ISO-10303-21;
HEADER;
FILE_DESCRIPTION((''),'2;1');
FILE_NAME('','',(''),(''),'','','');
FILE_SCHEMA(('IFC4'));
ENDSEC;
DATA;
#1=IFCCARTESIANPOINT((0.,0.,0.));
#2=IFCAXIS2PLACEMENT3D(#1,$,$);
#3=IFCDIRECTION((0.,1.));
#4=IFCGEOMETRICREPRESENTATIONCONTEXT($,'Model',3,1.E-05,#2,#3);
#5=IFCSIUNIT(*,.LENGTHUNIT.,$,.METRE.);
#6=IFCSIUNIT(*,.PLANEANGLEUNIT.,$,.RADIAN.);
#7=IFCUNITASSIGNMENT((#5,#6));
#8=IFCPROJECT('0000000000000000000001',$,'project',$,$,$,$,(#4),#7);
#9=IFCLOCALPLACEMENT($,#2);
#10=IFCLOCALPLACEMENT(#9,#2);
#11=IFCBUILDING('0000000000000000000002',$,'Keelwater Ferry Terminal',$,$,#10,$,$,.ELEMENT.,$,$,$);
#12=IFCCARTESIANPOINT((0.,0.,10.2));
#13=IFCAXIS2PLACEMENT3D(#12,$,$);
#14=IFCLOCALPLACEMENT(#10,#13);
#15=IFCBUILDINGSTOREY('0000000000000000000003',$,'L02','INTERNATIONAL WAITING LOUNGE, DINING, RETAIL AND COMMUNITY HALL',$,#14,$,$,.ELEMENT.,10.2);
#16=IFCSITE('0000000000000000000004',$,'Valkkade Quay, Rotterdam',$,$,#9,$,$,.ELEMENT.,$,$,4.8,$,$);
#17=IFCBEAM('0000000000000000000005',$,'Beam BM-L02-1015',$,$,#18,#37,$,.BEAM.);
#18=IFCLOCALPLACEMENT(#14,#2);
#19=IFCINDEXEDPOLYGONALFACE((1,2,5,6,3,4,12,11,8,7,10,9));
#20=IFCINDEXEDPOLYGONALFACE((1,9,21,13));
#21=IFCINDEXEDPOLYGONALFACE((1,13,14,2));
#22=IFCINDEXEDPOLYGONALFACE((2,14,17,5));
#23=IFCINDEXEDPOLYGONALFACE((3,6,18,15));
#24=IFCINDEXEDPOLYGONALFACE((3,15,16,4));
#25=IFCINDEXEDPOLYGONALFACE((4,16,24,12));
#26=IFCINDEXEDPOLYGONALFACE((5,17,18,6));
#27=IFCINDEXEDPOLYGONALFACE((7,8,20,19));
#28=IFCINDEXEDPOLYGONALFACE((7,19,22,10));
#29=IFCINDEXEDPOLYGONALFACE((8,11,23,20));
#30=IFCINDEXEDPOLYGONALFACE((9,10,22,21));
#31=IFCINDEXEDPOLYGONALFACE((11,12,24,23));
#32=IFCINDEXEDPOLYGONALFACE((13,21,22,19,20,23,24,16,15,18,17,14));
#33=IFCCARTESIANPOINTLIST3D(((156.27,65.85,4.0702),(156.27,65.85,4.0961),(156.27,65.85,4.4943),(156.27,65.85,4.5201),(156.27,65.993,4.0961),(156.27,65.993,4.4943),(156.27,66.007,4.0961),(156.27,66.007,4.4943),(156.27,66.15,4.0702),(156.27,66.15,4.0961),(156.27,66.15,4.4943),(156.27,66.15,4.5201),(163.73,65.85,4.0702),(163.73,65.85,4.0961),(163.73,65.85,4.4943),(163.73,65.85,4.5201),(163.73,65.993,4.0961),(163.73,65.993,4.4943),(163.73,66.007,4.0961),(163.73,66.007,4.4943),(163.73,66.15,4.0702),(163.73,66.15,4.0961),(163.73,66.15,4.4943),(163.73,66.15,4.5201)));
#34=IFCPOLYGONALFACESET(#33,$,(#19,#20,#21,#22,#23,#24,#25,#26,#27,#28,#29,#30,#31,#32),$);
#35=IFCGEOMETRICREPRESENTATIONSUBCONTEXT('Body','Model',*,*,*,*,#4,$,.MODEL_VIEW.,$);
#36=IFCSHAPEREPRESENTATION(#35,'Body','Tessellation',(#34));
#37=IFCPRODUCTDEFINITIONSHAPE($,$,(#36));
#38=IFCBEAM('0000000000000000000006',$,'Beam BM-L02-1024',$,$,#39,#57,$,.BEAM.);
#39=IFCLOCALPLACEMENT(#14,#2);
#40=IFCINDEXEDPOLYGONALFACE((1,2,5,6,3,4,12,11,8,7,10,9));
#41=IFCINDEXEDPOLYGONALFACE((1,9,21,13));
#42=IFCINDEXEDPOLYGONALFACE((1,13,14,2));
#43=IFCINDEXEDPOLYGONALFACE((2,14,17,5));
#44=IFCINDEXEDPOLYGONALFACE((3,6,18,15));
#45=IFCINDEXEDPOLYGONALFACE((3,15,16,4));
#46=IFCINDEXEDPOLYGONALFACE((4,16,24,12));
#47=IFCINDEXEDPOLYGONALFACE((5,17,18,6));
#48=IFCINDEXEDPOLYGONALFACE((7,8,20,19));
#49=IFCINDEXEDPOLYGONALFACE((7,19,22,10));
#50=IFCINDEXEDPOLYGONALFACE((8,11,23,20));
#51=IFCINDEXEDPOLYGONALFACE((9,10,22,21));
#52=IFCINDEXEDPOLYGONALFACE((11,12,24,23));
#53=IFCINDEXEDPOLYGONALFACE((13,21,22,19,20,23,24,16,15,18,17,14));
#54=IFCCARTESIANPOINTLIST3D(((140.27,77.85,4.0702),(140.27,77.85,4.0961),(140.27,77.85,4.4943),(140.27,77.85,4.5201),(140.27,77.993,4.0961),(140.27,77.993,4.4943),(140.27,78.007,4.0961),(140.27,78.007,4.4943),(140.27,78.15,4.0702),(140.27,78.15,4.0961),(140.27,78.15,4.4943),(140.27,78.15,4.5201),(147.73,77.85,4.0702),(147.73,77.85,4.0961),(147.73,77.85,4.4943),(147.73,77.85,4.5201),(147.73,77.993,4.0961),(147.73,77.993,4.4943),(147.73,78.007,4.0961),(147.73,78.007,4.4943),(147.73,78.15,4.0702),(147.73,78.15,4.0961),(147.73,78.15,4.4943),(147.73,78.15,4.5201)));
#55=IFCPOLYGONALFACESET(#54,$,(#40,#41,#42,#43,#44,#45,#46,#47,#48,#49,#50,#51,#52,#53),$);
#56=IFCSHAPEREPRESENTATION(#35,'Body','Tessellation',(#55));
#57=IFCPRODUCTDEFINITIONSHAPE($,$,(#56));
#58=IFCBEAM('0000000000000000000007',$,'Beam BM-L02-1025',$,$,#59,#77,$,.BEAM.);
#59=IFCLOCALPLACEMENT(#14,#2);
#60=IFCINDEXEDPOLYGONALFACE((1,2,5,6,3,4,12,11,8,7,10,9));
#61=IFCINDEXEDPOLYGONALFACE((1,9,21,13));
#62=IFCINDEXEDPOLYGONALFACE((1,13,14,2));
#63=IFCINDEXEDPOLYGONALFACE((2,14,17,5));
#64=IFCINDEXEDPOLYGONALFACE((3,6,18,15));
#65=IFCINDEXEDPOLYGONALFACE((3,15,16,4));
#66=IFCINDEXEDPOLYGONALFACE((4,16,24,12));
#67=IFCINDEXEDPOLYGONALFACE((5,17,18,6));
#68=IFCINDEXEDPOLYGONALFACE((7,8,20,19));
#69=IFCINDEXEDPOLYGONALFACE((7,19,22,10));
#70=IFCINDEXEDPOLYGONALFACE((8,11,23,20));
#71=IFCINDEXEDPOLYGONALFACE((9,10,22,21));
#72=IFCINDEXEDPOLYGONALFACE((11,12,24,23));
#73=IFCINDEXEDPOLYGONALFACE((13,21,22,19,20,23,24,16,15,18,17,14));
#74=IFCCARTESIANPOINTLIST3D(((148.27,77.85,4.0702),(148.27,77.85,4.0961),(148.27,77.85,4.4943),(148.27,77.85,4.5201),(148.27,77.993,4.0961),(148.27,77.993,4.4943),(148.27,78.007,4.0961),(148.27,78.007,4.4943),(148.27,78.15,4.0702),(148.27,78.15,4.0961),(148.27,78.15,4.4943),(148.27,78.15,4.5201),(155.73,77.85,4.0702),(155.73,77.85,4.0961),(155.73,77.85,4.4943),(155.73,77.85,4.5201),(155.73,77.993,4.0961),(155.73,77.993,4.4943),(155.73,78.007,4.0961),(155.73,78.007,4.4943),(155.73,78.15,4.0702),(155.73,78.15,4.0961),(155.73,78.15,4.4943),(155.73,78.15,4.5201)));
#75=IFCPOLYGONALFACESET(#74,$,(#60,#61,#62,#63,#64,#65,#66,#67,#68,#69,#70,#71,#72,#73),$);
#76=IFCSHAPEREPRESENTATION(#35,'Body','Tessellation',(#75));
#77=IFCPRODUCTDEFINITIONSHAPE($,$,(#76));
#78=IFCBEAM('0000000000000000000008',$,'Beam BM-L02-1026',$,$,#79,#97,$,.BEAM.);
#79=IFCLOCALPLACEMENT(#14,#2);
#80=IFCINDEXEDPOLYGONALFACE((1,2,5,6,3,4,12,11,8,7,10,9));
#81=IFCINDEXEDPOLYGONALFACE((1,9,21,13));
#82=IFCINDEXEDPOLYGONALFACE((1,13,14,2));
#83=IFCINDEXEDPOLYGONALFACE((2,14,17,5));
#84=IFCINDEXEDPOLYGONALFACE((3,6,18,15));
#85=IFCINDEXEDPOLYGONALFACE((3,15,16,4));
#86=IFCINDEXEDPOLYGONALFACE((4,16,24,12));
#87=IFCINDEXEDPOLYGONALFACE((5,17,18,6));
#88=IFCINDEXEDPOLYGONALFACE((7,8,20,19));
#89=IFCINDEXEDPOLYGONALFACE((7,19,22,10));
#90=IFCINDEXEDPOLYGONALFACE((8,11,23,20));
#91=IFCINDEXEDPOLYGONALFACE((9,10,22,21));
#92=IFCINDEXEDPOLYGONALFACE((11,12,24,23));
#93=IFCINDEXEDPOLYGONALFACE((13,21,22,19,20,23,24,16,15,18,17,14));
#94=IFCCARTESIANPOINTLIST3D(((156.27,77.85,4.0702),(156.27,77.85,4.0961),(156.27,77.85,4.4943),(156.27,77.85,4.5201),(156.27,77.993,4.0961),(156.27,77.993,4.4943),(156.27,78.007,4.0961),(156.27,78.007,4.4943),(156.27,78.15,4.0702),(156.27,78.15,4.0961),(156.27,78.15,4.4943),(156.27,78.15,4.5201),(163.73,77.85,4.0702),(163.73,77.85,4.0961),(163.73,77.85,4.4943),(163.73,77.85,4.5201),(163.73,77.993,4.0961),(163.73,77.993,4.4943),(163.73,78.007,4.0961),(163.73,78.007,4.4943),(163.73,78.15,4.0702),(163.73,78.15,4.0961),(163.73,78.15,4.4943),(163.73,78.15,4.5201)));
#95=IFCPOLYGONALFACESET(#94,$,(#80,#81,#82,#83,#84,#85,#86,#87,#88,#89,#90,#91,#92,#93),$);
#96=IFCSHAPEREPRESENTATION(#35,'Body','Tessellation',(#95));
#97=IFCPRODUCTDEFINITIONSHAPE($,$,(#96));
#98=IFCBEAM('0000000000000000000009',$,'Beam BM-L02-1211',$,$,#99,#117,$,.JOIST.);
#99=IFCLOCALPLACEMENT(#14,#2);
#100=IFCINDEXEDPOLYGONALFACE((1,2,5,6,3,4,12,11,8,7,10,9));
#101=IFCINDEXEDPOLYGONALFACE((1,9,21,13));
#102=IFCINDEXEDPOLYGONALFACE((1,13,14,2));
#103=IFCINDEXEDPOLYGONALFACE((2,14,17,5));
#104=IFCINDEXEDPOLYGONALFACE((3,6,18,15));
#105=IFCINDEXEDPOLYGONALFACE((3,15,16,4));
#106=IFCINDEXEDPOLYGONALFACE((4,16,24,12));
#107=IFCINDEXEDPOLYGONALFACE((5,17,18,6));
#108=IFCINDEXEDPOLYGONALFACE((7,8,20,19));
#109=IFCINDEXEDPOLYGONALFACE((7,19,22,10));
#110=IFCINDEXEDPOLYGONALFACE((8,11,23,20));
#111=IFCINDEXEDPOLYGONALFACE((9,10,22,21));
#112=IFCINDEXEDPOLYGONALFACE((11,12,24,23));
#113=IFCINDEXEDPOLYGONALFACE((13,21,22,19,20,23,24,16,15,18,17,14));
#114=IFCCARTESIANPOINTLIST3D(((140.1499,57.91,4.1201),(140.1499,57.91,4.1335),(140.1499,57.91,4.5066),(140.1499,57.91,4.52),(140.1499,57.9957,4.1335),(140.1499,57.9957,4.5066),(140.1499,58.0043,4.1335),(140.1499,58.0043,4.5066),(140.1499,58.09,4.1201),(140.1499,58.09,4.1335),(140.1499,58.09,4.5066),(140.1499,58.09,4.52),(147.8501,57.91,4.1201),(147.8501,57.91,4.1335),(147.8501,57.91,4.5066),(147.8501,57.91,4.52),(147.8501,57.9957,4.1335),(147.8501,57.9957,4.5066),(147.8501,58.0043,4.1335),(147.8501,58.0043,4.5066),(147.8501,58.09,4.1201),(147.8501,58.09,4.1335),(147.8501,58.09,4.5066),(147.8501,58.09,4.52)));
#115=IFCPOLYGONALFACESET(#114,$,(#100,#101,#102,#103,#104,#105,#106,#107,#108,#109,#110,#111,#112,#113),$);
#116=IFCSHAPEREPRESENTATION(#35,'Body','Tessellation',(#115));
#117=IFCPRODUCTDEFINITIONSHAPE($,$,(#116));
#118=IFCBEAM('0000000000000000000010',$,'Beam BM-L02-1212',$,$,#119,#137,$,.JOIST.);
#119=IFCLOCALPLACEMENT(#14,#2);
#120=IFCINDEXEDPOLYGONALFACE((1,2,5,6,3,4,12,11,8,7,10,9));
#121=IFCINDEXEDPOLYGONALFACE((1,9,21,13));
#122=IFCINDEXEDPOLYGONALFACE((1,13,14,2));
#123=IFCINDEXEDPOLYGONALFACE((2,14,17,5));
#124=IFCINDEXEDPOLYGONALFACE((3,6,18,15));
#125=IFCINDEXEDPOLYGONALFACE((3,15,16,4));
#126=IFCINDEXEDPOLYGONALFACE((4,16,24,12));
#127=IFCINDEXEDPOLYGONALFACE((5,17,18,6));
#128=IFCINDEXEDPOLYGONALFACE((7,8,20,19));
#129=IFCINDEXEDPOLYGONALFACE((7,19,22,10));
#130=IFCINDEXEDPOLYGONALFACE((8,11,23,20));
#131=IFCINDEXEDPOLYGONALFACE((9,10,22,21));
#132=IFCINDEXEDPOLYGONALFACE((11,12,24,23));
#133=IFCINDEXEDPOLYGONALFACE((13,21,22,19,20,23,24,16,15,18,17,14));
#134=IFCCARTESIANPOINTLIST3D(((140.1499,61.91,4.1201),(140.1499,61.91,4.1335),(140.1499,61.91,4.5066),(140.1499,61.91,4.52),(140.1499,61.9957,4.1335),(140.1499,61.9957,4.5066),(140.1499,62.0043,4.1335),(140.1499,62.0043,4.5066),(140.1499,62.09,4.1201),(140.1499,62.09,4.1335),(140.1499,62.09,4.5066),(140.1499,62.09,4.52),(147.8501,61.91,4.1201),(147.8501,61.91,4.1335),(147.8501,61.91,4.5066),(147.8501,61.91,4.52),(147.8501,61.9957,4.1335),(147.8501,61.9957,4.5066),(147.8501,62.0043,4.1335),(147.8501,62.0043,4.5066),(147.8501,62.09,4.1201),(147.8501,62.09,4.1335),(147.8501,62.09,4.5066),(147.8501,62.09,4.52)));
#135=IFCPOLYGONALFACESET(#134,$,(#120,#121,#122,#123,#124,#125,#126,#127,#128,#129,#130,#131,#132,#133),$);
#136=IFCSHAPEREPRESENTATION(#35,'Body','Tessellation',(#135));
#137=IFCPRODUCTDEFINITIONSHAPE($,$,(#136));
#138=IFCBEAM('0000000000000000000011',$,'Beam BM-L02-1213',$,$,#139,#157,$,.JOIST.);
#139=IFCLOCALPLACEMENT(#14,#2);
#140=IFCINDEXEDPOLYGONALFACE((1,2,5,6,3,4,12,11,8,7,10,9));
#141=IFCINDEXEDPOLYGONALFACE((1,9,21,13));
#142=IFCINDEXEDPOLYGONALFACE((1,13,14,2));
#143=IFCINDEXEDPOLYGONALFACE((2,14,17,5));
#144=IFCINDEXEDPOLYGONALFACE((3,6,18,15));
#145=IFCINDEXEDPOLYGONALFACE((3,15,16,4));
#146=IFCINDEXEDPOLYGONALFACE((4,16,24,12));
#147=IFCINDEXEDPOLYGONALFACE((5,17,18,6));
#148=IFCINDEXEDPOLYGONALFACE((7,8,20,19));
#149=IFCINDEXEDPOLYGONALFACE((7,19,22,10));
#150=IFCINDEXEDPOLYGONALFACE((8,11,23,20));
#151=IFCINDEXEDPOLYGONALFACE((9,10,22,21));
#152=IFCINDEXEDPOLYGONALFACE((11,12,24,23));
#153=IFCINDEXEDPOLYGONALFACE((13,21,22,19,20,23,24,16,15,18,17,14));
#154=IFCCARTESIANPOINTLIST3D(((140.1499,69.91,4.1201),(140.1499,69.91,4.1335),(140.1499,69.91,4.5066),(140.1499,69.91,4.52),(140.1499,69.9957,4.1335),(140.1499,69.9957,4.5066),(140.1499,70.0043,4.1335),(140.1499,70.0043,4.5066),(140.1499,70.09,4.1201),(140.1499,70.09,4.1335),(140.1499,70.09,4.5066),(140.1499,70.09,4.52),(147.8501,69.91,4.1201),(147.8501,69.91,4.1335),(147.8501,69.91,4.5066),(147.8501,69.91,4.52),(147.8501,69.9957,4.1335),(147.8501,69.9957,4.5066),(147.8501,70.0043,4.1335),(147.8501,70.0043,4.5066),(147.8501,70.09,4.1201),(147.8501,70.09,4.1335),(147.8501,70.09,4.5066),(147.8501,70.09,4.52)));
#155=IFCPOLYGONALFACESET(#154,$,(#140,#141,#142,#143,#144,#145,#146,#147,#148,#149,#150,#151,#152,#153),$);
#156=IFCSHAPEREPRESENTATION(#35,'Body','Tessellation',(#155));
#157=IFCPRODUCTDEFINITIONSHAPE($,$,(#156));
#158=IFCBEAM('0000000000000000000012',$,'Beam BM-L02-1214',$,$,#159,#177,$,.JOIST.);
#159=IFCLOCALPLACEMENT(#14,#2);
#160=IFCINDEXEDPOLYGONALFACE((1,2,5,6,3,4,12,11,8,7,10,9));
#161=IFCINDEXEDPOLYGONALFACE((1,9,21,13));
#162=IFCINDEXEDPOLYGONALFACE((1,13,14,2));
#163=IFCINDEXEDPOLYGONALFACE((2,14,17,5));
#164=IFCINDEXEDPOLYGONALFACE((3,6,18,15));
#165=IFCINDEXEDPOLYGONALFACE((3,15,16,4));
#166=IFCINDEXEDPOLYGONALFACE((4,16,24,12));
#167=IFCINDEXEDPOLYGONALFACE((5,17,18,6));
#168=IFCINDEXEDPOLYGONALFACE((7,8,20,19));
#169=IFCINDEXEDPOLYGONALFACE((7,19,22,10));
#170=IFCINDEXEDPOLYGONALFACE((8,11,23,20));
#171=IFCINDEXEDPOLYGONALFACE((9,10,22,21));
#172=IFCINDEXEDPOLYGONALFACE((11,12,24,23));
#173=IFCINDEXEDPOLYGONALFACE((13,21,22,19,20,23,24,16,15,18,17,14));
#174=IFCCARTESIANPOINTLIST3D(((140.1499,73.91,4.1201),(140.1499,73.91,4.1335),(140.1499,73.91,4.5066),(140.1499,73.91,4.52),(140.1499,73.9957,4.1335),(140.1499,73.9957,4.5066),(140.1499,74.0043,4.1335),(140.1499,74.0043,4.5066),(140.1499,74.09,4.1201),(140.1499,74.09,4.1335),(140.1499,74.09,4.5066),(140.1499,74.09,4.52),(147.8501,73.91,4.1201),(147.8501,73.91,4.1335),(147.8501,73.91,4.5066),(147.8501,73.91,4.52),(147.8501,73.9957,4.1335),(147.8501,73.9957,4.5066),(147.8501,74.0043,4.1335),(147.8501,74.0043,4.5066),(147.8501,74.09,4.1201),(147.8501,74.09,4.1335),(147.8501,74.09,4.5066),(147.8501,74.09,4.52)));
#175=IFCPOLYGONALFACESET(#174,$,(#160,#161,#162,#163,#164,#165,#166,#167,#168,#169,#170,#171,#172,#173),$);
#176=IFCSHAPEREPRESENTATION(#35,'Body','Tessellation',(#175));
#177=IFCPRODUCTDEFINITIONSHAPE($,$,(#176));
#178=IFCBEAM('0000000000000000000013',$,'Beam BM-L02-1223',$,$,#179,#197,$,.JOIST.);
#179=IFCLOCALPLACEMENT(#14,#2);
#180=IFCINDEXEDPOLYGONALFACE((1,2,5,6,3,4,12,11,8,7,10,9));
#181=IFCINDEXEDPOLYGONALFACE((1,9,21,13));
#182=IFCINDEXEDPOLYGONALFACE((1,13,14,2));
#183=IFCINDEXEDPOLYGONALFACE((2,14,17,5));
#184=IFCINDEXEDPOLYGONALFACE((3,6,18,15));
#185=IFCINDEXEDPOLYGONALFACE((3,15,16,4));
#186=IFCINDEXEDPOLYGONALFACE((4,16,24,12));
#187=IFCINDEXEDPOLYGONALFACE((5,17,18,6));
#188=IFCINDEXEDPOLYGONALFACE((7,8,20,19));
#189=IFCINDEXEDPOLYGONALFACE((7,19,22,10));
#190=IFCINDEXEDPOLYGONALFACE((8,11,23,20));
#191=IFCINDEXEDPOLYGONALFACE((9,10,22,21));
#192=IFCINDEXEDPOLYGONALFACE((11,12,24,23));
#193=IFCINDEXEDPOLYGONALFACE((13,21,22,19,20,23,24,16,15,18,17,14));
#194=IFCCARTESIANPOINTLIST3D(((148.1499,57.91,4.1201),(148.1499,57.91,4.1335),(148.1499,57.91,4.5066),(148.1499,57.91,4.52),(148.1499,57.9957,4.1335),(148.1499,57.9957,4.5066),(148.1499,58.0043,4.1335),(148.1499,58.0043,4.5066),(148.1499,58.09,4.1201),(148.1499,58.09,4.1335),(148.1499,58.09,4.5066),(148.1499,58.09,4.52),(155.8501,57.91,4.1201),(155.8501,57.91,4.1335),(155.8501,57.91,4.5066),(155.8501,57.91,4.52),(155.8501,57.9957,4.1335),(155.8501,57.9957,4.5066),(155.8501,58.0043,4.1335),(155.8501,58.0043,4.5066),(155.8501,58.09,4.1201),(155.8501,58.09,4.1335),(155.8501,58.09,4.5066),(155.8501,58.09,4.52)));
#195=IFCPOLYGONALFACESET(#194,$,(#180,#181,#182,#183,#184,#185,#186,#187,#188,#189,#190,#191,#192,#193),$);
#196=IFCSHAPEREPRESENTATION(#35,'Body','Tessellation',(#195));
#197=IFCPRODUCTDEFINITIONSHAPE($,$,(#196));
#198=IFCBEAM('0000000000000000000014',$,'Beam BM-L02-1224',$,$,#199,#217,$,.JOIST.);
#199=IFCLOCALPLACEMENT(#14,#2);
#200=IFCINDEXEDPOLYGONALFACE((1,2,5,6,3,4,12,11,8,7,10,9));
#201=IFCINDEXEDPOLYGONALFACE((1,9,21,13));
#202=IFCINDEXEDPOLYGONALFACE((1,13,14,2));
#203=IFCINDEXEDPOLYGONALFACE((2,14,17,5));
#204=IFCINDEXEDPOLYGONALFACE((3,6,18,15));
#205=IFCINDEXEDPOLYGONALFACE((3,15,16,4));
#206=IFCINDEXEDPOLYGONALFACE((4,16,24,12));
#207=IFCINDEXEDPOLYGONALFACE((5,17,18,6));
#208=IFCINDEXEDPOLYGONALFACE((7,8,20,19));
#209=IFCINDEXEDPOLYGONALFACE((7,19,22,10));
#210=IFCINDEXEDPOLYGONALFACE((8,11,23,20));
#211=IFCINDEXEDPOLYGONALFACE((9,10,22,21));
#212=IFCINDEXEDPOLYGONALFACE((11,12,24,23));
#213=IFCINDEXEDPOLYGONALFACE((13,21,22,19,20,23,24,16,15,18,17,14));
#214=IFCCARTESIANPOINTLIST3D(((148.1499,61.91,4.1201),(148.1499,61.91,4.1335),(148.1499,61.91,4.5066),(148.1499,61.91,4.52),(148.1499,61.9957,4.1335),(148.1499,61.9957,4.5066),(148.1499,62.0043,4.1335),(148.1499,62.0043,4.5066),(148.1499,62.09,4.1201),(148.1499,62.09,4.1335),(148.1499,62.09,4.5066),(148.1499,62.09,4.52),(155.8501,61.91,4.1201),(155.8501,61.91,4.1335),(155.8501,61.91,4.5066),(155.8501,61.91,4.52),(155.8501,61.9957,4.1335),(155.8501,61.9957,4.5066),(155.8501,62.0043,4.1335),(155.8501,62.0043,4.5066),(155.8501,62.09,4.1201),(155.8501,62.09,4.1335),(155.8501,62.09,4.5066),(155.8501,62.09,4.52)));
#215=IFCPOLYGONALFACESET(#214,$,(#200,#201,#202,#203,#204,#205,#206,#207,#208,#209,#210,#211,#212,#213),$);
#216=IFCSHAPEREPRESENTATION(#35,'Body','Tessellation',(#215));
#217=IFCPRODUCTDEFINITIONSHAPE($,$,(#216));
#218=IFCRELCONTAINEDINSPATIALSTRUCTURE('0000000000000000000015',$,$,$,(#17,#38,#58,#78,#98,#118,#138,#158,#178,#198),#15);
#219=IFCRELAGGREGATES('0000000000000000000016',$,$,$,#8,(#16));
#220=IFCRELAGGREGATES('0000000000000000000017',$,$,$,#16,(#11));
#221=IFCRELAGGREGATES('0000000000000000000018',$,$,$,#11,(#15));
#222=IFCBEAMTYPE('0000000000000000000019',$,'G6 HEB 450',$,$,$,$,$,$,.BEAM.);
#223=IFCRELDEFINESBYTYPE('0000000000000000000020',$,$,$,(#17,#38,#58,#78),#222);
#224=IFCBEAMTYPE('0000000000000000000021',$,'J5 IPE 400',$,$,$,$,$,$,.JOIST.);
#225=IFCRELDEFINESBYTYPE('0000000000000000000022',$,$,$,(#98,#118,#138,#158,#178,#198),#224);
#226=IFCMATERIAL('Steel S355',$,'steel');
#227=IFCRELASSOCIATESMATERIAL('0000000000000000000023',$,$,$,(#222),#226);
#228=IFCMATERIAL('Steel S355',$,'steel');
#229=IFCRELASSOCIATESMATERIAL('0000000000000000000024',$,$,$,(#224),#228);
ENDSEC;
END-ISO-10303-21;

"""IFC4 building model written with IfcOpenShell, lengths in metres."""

from ifc_helpers import new_model, si_unit, direction, frame, origin, origin_2d, place, context, subcontext, project, spatial, i_section, extrude, material, material_profile, profile_set, type_object, element, save


model = new_model("IFC4")

# Units and contexts
model_context = context("Model", 3, precision=1e-05, world=origin(), true_north=direction((0.0, 1.0)))
body_context = subcontext(model_context, "Body", "Model", "MODEL_VIEW")
ifc_project = project(units=[si_unit("LENGTHUNIT", "METRE"), si_unit("PLANEANGLEUNIT", "RADIAN")], contexts=[model_context])

# Site, building, storey
site_placement = place(None, origin())
site = spatial("IfcSite", under=ifc_project, at=site_placement, Name="Valkkade Quay, Rotterdam", CompositionType="ELEMENT", RefElevation=4.8)
building_placement = place(site_placement, origin())
building = spatial("IfcBuilding", under=site, at=building_placement, Name="Keelwater Ferry Terminal", CompositionType="ELEMENT")
storey_placement = place(building_placement, frame((0.0, 0.0, 10.2)))
storey = spatial("IfcBuildingStorey", under=building, at=storey_placement, Name="L02", Description="INTERNATIONAL WAITING LOUNGE, DINING, RETAIL AND COMMUNITY HALL", CompositionType="ELEMENT", Elevation=10.2)

# Beams
ifc_material_1 = material(Name="Steel S355", Category="steel")
ifc_material_profile_1 = material_profile(ifc_material_1, i_section(OverallWidth=0.3, OverallDepth=0.45, WebThickness=0.0139, FlangeThickness=0.0259, at=origin_2d()), Name="HEB 450")
ifc_profile_set_1 = profile_set([ifc_material_profile_1], Name="Steel S355")
beam_type_1 = type_object("IfcBeamType", Name="G6 HEB 450", PredefinedType="BEAM", material=ifc_profile_set_1)
for number, where, z_axis, x_axis, name in (
    (1, (156.27, 66.0, 4.2952), (1.0, 0.0, 0.0), (0.0, 1.0, 0.0), "Beam BM-L02-1015"),
    (2, (140.27, 78.0, 4.2952), (1.0, 0.0, 0.0), (0.0, 1.0, 0.0), "Beam BM-L02-1024"),
    (3, (148.27, 78.0, 4.2952), (1.0, 0.0, 0.0), (0.0, 1.0, 0.0), "Beam BM-L02-1025"),
    (4, (156.27, 78.0, 4.2952), (1.0, 0.0, 0.0), (0.0, 1.0, 0.0), "Beam BM-L02-1026"),
):
    element("IfcBeam", number, at=place(storey_placement, frame(where, z_axis=z_axis, x_axis=x_axis)), inside=storey, type_object=beam_type_1, Name=name, PredefinedType="BEAM", context=body_context, shape_type="SweptSolid", body=[
        extrude(i_section(OverallWidth=0.3, OverallDepth=0.45, WebThickness=0.0139, FlangeThickness=0.0259, at=origin_2d()), origin(), (0.0, 0.0, 1.0), 7.46),
    ])
ifc_material_2 = material(Name="Steel S355", Category="steel")
ifc_material_profile_2 = material_profile(ifc_material_2, i_section(OverallWidth=0.1799, OverallDepth=0.3999, WebThickness=0.0085, FlangeThickness=0.0134, at=origin_2d()), Name="IPE 400")
ifc_profile_set_2 = profile_set([ifc_material_profile_2], Name="Steel S355")
beam_type_2 = type_object("IfcBeamType", Name="J5 IPE 400", PredefinedType="JOIST", material=ifc_profile_set_2)
for number, where, z_axis, x_axis, name in (
    (5, (140.1499, 58.0, 4.3201), (1.0, 0.0, 0.0), (0.0, 1.0, 0.0), "Beam BM-L02-1211"),
    (6, (140.1499, 62.0, 4.3201), (1.0, 0.0, 0.0), (0.0, 1.0, 0.0), "Beam BM-L02-1212"),
    (7, (140.1499, 70.0, 4.3201), (1.0, 0.0, 0.0), (0.0, 1.0, 0.0), "Beam BM-L02-1213"),
    (8, (140.1499, 74.0, 4.3201), (1.0, 0.0, 0.0), (0.0, 1.0, 0.0), "Beam BM-L02-1214"),
    (9, (148.1499, 58.0, 4.3201), (1.0, 0.0, 0.0), (0.0, 1.0, 0.0), "Beam BM-L02-1223"),
    (10, (148.1499, 62.0, 4.3201), (1.0, 0.0, 0.0), (0.0, 1.0, 0.0), "Beam BM-L02-1224"),
):
    element("IfcBeam", number, at=place(storey_placement, frame(where, z_axis=z_axis, x_axis=x_axis)), inside=storey, type_object=beam_type_2, Name=name, PredefinedType="JOIST", context=body_context, shape_type="SweptSolid", body=[
        extrude(i_section(OverallWidth=0.1799, OverallDepth=0.3999, WebThickness=0.0085, FlangeThickness=0.0134, at=origin_2d()), origin(), (0.0, 0.0, 1.0), 7.7002),
    ])

save(model, "model.ifc")
